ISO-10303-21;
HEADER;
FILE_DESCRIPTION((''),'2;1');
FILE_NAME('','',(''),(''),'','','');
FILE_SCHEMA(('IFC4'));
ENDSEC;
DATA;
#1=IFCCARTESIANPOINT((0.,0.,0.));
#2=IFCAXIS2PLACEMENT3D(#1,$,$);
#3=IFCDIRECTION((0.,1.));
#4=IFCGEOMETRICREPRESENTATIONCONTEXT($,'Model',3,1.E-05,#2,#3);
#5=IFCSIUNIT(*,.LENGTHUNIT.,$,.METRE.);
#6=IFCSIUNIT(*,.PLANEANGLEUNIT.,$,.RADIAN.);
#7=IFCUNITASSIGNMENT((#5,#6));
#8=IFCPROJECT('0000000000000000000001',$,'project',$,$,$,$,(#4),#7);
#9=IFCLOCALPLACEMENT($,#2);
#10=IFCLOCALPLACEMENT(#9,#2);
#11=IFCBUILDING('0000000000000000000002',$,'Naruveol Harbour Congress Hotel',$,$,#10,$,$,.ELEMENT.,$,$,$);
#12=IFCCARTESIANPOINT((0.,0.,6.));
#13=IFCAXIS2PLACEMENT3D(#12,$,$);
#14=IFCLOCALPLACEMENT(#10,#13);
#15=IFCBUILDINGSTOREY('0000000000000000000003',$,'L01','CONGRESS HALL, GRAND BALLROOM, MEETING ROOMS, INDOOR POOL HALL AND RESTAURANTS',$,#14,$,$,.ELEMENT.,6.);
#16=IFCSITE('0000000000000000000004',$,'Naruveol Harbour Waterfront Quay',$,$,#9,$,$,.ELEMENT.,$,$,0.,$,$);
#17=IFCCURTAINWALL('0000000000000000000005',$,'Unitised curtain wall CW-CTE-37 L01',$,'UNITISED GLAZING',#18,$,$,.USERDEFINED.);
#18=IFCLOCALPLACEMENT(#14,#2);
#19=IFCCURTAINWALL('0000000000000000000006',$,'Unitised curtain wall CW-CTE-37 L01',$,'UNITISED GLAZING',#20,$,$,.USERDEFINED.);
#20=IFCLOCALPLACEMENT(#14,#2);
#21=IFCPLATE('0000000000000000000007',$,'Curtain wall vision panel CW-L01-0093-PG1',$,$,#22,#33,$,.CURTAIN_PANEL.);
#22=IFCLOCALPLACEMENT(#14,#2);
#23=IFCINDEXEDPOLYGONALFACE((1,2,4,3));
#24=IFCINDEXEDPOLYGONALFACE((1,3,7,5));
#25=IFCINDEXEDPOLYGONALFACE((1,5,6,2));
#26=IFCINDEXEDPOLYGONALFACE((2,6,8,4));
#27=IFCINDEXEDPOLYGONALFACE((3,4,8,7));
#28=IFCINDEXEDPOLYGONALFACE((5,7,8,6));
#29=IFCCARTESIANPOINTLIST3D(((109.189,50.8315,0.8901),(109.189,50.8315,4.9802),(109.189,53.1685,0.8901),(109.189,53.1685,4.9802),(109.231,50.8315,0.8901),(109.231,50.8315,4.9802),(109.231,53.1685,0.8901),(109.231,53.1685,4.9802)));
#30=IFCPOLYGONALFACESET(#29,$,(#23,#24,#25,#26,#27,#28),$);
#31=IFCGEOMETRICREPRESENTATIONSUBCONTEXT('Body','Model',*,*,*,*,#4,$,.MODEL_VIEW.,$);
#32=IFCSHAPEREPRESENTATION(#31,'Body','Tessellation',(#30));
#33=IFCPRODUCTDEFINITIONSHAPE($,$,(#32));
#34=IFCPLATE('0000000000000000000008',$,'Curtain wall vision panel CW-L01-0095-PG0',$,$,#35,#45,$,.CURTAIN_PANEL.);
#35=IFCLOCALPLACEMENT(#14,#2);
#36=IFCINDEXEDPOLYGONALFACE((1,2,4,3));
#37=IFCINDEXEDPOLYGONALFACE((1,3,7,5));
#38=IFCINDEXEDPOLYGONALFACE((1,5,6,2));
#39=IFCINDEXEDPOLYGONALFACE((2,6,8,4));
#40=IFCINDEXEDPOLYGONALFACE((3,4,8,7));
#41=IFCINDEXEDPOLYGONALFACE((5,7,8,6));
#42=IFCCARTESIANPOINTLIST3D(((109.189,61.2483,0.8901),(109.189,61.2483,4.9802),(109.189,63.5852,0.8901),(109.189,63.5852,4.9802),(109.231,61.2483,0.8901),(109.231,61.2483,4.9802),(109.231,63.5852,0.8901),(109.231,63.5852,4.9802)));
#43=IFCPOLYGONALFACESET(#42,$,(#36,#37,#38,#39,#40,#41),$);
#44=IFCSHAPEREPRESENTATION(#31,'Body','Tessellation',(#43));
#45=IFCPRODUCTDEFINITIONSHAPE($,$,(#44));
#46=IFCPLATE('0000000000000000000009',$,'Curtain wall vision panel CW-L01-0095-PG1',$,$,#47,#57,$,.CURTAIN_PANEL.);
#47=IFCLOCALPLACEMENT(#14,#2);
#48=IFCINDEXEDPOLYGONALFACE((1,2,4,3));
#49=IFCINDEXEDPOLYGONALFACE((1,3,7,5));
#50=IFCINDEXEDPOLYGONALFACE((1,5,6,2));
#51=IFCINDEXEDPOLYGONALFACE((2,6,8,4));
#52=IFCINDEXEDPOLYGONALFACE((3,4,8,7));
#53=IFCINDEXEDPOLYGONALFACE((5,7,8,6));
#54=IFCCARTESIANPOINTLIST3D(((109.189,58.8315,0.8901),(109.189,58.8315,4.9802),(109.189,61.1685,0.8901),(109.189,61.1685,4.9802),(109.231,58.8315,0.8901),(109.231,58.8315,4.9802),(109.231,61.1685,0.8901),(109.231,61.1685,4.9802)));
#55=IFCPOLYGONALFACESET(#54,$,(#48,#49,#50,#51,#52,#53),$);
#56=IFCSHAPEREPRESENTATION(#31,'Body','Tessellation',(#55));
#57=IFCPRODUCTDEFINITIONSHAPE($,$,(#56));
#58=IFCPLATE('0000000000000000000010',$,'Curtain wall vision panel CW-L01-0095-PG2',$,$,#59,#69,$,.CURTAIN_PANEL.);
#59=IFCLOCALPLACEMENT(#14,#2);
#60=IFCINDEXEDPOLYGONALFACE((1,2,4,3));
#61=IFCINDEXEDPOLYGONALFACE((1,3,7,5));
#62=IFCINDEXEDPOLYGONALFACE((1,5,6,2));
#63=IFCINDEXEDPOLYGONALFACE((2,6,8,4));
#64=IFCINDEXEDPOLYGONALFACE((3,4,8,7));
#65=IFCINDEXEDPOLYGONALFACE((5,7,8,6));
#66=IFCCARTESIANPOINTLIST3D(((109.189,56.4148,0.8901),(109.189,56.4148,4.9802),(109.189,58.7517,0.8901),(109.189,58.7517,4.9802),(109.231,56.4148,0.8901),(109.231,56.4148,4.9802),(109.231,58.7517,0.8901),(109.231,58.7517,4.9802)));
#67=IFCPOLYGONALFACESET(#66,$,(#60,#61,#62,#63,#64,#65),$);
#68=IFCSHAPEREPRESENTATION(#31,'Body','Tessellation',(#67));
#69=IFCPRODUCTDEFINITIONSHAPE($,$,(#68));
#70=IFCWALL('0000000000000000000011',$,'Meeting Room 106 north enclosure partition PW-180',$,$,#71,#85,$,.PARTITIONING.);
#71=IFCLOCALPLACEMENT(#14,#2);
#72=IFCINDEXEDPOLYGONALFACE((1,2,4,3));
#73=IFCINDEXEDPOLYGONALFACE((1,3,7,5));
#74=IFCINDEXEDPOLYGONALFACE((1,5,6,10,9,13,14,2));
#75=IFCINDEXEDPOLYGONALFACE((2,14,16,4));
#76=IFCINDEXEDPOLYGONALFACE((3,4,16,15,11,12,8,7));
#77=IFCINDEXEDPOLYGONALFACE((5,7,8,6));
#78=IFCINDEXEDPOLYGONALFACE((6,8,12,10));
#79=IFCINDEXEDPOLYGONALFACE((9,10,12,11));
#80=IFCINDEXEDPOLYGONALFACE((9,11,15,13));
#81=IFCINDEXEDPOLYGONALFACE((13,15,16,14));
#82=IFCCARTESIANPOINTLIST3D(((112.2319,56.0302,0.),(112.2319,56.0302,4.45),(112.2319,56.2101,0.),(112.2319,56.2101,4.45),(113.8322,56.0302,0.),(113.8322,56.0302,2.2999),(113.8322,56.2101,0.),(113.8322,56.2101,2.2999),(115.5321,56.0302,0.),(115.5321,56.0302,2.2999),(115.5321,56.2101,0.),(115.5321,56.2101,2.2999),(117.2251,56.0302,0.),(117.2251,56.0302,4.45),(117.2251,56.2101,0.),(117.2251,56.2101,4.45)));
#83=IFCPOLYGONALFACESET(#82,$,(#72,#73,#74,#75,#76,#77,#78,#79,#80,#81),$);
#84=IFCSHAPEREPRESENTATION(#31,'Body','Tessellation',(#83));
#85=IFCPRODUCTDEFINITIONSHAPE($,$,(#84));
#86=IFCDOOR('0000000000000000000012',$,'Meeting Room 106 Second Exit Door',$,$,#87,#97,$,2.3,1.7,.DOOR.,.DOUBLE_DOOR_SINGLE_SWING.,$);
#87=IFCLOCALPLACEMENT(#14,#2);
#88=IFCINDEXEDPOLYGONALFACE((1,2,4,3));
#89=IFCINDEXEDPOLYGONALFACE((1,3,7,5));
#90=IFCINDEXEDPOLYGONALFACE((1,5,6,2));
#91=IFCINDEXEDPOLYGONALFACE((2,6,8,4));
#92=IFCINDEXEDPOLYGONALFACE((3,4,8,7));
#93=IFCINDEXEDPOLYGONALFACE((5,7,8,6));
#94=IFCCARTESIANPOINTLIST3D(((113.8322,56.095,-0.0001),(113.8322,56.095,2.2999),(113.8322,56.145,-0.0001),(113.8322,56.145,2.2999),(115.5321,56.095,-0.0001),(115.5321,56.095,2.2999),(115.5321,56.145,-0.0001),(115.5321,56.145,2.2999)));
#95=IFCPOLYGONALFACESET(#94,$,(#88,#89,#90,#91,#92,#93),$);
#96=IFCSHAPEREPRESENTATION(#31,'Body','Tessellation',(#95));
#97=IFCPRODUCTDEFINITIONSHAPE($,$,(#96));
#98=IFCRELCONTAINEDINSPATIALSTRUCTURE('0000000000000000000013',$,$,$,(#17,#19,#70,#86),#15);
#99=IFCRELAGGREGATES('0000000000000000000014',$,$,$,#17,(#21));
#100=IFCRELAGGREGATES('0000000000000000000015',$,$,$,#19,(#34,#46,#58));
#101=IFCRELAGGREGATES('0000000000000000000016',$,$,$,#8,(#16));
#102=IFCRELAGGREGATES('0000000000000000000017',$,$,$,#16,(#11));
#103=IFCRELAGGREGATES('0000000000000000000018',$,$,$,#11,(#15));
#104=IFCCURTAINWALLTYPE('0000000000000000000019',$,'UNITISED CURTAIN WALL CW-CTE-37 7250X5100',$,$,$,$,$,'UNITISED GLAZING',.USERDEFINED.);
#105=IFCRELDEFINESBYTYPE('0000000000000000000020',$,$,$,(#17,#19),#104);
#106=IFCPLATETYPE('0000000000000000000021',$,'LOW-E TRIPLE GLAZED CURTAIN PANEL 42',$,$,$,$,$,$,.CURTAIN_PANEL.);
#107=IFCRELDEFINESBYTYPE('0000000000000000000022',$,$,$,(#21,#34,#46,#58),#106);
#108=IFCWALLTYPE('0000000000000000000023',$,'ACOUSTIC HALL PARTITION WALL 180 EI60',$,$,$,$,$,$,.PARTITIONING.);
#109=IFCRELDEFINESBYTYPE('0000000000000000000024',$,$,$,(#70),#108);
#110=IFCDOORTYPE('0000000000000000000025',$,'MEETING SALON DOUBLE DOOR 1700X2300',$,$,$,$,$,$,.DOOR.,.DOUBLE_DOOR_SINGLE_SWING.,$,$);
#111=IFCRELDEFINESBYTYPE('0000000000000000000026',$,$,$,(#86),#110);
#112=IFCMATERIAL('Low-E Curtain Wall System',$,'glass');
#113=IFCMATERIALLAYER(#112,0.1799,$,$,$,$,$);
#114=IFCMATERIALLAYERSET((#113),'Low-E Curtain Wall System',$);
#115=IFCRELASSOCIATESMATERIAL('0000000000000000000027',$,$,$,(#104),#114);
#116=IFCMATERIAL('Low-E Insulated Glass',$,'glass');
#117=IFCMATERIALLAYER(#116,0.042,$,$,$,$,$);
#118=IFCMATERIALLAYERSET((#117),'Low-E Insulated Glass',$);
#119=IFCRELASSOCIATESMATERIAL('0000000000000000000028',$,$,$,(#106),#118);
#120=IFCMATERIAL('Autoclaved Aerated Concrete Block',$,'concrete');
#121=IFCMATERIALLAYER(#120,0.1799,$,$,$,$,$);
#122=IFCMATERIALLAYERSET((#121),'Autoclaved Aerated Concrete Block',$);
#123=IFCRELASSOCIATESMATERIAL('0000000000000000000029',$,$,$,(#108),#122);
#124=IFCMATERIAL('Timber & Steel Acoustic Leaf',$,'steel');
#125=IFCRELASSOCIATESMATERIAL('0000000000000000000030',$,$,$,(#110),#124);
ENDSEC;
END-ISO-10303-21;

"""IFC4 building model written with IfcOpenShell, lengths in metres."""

from ifc_helpers import new_model, si_unit, direction, frame, frame_2d, origin, origin_2d, place, context, subcontext, project, spatial, rectangle, extrude, material, layer, layer_set, type_object, element, fill, aggregate, save


model = new_model("IFC4")

# Units and contexts
model_context = context("Model", 3, precision=1e-05, world=origin(), true_north=direction((0.0, 1.0)))
body_context = subcontext(model_context, "Body", "Model", "MODEL_VIEW")
ifc_project = project(units=[si_unit("LENGTHUNIT", "METRE"), si_unit("PLANEANGLEUNIT", "RADIAN")], contexts=[model_context])

# Site, building, storey
site_placement = place(None, origin())
site = spatial("IfcSite", under=ifc_project, at=site_placement, Name="Naruveol Harbour Waterfront Quay", CompositionType="ELEMENT", RefElevation=0.0)
building_placement = place(site_placement, origin())
building = spatial("IfcBuilding", under=site, at=building_placement, Name="Naruveol Harbour Congress Hotel", CompositionType="ELEMENT")
storey_placement = place(building_placement, frame((0.0, 0.0, 6.0)))
storey = spatial("IfcBuildingStorey", under=building, at=storey_placement, Name="L01", Description="CONGRESS HALL, GRAND BALLROOM, MEETING ROOMS, INDOOR POOL HALL AND RESTAURANTS", CompositionType="ELEMENT", Elevation=6.0)

# Curtain walls
ifc_material_1 = material(Name="Low-E Curtain Wall System", Category="glass")
ifc_layer_1 = layer(ifc_material_1, 0.1799)
ifc_layer_set_1 = layer_set([ifc_layer_1], Name="Low-E Curtain Wall System")
curtain_wall_type = type_object("IfcCurtainWallType", Name="UNITISED CURTAIN WALL CW-CTE-37 7250X5100", ElementType="UNITISED GLAZING", PredefinedType="USERDEFINED", material=ifc_layer_set_1)
curtain_wall_1_placement = place(storey_placement, origin())
curtain_wall_1 = element("IfcCurtainWall", 1, at=curtain_wall_1_placement, inside=storey, type_object=curtain_wall_type, Name="Unitised curtain wall CW-CTE-37 L01", ObjectType="UNITISED GLAZING", PredefinedType="USERDEFINED")
curtain_wall_2_placement = place(storey_placement, origin())
curtain_wall_2 = element("IfcCurtainWall", 2, at=curtain_wall_2_placement, inside=storey, type_object=curtain_wall_type, Name="Unitised curtain wall CW-CTE-37 L01", ObjectType="UNITISED GLAZING", PredefinedType="USERDEFINED")

# Plates
ifc_material_2 = material(Name="Low-E Insulated Glass", Category="glass")
ifc_layer_2 = layer(ifc_material_2, 0.042)
ifc_layer_set_2 = layer_set([ifc_layer_2], Name="Low-E Insulated Glass")
plate_type_1 = type_object("IfcPlateType", Name="LOW-E TRIPLE GLAZED CURTAIN PANEL 42", PredefinedType="CURTAIN_PANEL", material=ifc_layer_set_2)
plate_1_placement = place(storey_placement, frame((109.21, 52.0, 0.8901), z_axis=(0.0, 0.0, 1.0), x_axis=(0.0, -1.0, 0.0)))
plate_1 = element("IfcPlate", 3, at=plate_1_placement, type_object=plate_type_1, Name="Curtain wall vision panel CW-L01-0093-PG1", PredefinedType="CURTAIN_PANEL", context=body_context, shape_type="SweptSolid", body=[
    extrude(rectangle(XDim=2.3369, YDim=0.042, at=origin_2d()), origin(), (0.0, 0.0, 1.0), 4.0901),
])
aggregate(curtain_wall_1, [plate_1])
plate_2_placement = place(storey_placement, frame((109.21, 62.4167, 0.8901), z_axis=(0.0, 0.0, 1.0), x_axis=(0.0, -1.0, 0.0)))
plate_2 = element("IfcPlate", 4, at=plate_2_placement, type_object=plate_type_1, Name="Curtain wall vision panel CW-L01-0095-PG0", PredefinedType="CURTAIN_PANEL", context=body_context, shape_type="SweptSolid", body=[
    extrude(rectangle(XDim=2.3369, YDim=0.042, at=origin_2d()), origin(), (0.0, 0.0, 1.0), 4.0901),
])
plate_3_placement = place(storey_placement, frame((109.21, 60.0, 0.8901), z_axis=(0.0, 0.0, 1.0), x_axis=(0.0, -1.0, 0.0)))
plate_3 = element("IfcPlate", 5, at=plate_3_placement, type_object=plate_type_1, Name="Curtain wall vision panel CW-L01-0095-PG1", PredefinedType="CURTAIN_PANEL", context=body_context, shape_type="SweptSolid", body=[
    extrude(rectangle(XDim=2.3369, YDim=0.042, at=origin_2d()), origin(), (0.0, 0.0, 1.0), 4.0901),
])
plate_4_placement = place(storey_placement, frame((109.21, 57.5833, 0.8901), z_axis=(0.0, 0.0, 1.0), x_axis=(0.0, -1.0, 0.0)))
plate_4 = element("IfcPlate", 6, at=plate_4_placement, type_object=plate_type_1, Name="Curtain wall vision panel CW-L01-0095-PG2", PredefinedType="CURTAIN_PANEL", context=body_context, shape_type="SweptSolid", body=[
    extrude(rectangle(XDim=2.3369, YDim=0.042, at=origin_2d()), origin(), (0.0, 0.0, 1.0), 4.0901),
])
aggregate(curtain_wall_2, [plate_2, plate_3, plate_4])

# Wall, opening, door
ifc_material_3 = material(Name="Autoclaved Aerated Concrete Block", Category="concrete")
ifc_layer_3 = layer(ifc_material_3, 0.1799)
ifc_layer_set_3 = layer_set([ifc_layer_3], Name="Autoclaved Aerated Concrete Block")
wall_type = type_object("IfcWallType", Name="ACOUSTIC HALL PARTITION WALL 180 EI60", PredefinedType="PARTITIONING", material=ifc_layer_set_3)
wall_placement = place(storey_placement, frame((112.2319, 56.1201, 0.0), z_axis=(0.0, 0.0, 1.0), x_axis=(1.0, 0.0, 0.0)))
wall = element("IfcWall", 7, at=wall_placement, inside=storey, type_object=wall_type, Name="Meeting Room 106 north enclosure partition PW-180", PredefinedType="PARTITIONING", context=body_context, shape_type="SweptSolid", body=[
    extrude(rectangle(XDim=4.9932, YDim=0.1799, at=frame_2d((2.4966, 0.0))), origin(), (0.0, 0.0, 1.0), 4.45),
])
opening_placement = place(wall_placement, frame((1.6001, 0.0, 0.0)))
opening = element("IfcOpeningElement", 8, at=opening_placement, cuts=wall, PredefinedType="OPENING", context=body_context, shape_type="SweptSolid", body=[
    extrude(rectangle(XDim=1.7, YDim=2.3, at=frame_2d((0.8501, 1.1499))), frame((0.0, 0.0999, 0.0), z_axis=(0.0, -1.0, 0.0), x_axis=(1.0, 0.0, 0.0)), (0.0, 0.0, 1.0), 0.2),
])
ifc_material_4 = material(Name="Timber & Steel Acoustic Leaf", Category="steel")
door_type = type_object("IfcDoorType", Name="MEETING SALON DOUBLE DOOR 1700X2300", OperationType="DOUBLE_DOOR_SINGLE_SWING", PredefinedType="DOOR", material=ifc_material_4)
door_placement = place(opening_placement, origin())
door = element("IfcDoor", 9, at=door_placement, inside=storey, type_object=door_type, Name="Meeting Room 106 Second Exit Door", OperationType="DOUBLE_DOOR_SINGLE_SWING", OverallHeight=2.3, OverallWidth=1.7, PredefinedType="DOOR", context=body_context, shape_type="SweptSolid", body=[
    extrude(rectangle(XDim=1.7, YDim=2.3, at=frame_2d((0.8501, 1.1499))), frame((0.0, 0.0249, 0.0), z_axis=(0.0, -1.0, 0.0), x_axis=(1.0, 0.0, 0.0)), (0.0, 0.0, 1.0), 0.05),
])
fill(opening, door)

save(model, "model.ifc")
